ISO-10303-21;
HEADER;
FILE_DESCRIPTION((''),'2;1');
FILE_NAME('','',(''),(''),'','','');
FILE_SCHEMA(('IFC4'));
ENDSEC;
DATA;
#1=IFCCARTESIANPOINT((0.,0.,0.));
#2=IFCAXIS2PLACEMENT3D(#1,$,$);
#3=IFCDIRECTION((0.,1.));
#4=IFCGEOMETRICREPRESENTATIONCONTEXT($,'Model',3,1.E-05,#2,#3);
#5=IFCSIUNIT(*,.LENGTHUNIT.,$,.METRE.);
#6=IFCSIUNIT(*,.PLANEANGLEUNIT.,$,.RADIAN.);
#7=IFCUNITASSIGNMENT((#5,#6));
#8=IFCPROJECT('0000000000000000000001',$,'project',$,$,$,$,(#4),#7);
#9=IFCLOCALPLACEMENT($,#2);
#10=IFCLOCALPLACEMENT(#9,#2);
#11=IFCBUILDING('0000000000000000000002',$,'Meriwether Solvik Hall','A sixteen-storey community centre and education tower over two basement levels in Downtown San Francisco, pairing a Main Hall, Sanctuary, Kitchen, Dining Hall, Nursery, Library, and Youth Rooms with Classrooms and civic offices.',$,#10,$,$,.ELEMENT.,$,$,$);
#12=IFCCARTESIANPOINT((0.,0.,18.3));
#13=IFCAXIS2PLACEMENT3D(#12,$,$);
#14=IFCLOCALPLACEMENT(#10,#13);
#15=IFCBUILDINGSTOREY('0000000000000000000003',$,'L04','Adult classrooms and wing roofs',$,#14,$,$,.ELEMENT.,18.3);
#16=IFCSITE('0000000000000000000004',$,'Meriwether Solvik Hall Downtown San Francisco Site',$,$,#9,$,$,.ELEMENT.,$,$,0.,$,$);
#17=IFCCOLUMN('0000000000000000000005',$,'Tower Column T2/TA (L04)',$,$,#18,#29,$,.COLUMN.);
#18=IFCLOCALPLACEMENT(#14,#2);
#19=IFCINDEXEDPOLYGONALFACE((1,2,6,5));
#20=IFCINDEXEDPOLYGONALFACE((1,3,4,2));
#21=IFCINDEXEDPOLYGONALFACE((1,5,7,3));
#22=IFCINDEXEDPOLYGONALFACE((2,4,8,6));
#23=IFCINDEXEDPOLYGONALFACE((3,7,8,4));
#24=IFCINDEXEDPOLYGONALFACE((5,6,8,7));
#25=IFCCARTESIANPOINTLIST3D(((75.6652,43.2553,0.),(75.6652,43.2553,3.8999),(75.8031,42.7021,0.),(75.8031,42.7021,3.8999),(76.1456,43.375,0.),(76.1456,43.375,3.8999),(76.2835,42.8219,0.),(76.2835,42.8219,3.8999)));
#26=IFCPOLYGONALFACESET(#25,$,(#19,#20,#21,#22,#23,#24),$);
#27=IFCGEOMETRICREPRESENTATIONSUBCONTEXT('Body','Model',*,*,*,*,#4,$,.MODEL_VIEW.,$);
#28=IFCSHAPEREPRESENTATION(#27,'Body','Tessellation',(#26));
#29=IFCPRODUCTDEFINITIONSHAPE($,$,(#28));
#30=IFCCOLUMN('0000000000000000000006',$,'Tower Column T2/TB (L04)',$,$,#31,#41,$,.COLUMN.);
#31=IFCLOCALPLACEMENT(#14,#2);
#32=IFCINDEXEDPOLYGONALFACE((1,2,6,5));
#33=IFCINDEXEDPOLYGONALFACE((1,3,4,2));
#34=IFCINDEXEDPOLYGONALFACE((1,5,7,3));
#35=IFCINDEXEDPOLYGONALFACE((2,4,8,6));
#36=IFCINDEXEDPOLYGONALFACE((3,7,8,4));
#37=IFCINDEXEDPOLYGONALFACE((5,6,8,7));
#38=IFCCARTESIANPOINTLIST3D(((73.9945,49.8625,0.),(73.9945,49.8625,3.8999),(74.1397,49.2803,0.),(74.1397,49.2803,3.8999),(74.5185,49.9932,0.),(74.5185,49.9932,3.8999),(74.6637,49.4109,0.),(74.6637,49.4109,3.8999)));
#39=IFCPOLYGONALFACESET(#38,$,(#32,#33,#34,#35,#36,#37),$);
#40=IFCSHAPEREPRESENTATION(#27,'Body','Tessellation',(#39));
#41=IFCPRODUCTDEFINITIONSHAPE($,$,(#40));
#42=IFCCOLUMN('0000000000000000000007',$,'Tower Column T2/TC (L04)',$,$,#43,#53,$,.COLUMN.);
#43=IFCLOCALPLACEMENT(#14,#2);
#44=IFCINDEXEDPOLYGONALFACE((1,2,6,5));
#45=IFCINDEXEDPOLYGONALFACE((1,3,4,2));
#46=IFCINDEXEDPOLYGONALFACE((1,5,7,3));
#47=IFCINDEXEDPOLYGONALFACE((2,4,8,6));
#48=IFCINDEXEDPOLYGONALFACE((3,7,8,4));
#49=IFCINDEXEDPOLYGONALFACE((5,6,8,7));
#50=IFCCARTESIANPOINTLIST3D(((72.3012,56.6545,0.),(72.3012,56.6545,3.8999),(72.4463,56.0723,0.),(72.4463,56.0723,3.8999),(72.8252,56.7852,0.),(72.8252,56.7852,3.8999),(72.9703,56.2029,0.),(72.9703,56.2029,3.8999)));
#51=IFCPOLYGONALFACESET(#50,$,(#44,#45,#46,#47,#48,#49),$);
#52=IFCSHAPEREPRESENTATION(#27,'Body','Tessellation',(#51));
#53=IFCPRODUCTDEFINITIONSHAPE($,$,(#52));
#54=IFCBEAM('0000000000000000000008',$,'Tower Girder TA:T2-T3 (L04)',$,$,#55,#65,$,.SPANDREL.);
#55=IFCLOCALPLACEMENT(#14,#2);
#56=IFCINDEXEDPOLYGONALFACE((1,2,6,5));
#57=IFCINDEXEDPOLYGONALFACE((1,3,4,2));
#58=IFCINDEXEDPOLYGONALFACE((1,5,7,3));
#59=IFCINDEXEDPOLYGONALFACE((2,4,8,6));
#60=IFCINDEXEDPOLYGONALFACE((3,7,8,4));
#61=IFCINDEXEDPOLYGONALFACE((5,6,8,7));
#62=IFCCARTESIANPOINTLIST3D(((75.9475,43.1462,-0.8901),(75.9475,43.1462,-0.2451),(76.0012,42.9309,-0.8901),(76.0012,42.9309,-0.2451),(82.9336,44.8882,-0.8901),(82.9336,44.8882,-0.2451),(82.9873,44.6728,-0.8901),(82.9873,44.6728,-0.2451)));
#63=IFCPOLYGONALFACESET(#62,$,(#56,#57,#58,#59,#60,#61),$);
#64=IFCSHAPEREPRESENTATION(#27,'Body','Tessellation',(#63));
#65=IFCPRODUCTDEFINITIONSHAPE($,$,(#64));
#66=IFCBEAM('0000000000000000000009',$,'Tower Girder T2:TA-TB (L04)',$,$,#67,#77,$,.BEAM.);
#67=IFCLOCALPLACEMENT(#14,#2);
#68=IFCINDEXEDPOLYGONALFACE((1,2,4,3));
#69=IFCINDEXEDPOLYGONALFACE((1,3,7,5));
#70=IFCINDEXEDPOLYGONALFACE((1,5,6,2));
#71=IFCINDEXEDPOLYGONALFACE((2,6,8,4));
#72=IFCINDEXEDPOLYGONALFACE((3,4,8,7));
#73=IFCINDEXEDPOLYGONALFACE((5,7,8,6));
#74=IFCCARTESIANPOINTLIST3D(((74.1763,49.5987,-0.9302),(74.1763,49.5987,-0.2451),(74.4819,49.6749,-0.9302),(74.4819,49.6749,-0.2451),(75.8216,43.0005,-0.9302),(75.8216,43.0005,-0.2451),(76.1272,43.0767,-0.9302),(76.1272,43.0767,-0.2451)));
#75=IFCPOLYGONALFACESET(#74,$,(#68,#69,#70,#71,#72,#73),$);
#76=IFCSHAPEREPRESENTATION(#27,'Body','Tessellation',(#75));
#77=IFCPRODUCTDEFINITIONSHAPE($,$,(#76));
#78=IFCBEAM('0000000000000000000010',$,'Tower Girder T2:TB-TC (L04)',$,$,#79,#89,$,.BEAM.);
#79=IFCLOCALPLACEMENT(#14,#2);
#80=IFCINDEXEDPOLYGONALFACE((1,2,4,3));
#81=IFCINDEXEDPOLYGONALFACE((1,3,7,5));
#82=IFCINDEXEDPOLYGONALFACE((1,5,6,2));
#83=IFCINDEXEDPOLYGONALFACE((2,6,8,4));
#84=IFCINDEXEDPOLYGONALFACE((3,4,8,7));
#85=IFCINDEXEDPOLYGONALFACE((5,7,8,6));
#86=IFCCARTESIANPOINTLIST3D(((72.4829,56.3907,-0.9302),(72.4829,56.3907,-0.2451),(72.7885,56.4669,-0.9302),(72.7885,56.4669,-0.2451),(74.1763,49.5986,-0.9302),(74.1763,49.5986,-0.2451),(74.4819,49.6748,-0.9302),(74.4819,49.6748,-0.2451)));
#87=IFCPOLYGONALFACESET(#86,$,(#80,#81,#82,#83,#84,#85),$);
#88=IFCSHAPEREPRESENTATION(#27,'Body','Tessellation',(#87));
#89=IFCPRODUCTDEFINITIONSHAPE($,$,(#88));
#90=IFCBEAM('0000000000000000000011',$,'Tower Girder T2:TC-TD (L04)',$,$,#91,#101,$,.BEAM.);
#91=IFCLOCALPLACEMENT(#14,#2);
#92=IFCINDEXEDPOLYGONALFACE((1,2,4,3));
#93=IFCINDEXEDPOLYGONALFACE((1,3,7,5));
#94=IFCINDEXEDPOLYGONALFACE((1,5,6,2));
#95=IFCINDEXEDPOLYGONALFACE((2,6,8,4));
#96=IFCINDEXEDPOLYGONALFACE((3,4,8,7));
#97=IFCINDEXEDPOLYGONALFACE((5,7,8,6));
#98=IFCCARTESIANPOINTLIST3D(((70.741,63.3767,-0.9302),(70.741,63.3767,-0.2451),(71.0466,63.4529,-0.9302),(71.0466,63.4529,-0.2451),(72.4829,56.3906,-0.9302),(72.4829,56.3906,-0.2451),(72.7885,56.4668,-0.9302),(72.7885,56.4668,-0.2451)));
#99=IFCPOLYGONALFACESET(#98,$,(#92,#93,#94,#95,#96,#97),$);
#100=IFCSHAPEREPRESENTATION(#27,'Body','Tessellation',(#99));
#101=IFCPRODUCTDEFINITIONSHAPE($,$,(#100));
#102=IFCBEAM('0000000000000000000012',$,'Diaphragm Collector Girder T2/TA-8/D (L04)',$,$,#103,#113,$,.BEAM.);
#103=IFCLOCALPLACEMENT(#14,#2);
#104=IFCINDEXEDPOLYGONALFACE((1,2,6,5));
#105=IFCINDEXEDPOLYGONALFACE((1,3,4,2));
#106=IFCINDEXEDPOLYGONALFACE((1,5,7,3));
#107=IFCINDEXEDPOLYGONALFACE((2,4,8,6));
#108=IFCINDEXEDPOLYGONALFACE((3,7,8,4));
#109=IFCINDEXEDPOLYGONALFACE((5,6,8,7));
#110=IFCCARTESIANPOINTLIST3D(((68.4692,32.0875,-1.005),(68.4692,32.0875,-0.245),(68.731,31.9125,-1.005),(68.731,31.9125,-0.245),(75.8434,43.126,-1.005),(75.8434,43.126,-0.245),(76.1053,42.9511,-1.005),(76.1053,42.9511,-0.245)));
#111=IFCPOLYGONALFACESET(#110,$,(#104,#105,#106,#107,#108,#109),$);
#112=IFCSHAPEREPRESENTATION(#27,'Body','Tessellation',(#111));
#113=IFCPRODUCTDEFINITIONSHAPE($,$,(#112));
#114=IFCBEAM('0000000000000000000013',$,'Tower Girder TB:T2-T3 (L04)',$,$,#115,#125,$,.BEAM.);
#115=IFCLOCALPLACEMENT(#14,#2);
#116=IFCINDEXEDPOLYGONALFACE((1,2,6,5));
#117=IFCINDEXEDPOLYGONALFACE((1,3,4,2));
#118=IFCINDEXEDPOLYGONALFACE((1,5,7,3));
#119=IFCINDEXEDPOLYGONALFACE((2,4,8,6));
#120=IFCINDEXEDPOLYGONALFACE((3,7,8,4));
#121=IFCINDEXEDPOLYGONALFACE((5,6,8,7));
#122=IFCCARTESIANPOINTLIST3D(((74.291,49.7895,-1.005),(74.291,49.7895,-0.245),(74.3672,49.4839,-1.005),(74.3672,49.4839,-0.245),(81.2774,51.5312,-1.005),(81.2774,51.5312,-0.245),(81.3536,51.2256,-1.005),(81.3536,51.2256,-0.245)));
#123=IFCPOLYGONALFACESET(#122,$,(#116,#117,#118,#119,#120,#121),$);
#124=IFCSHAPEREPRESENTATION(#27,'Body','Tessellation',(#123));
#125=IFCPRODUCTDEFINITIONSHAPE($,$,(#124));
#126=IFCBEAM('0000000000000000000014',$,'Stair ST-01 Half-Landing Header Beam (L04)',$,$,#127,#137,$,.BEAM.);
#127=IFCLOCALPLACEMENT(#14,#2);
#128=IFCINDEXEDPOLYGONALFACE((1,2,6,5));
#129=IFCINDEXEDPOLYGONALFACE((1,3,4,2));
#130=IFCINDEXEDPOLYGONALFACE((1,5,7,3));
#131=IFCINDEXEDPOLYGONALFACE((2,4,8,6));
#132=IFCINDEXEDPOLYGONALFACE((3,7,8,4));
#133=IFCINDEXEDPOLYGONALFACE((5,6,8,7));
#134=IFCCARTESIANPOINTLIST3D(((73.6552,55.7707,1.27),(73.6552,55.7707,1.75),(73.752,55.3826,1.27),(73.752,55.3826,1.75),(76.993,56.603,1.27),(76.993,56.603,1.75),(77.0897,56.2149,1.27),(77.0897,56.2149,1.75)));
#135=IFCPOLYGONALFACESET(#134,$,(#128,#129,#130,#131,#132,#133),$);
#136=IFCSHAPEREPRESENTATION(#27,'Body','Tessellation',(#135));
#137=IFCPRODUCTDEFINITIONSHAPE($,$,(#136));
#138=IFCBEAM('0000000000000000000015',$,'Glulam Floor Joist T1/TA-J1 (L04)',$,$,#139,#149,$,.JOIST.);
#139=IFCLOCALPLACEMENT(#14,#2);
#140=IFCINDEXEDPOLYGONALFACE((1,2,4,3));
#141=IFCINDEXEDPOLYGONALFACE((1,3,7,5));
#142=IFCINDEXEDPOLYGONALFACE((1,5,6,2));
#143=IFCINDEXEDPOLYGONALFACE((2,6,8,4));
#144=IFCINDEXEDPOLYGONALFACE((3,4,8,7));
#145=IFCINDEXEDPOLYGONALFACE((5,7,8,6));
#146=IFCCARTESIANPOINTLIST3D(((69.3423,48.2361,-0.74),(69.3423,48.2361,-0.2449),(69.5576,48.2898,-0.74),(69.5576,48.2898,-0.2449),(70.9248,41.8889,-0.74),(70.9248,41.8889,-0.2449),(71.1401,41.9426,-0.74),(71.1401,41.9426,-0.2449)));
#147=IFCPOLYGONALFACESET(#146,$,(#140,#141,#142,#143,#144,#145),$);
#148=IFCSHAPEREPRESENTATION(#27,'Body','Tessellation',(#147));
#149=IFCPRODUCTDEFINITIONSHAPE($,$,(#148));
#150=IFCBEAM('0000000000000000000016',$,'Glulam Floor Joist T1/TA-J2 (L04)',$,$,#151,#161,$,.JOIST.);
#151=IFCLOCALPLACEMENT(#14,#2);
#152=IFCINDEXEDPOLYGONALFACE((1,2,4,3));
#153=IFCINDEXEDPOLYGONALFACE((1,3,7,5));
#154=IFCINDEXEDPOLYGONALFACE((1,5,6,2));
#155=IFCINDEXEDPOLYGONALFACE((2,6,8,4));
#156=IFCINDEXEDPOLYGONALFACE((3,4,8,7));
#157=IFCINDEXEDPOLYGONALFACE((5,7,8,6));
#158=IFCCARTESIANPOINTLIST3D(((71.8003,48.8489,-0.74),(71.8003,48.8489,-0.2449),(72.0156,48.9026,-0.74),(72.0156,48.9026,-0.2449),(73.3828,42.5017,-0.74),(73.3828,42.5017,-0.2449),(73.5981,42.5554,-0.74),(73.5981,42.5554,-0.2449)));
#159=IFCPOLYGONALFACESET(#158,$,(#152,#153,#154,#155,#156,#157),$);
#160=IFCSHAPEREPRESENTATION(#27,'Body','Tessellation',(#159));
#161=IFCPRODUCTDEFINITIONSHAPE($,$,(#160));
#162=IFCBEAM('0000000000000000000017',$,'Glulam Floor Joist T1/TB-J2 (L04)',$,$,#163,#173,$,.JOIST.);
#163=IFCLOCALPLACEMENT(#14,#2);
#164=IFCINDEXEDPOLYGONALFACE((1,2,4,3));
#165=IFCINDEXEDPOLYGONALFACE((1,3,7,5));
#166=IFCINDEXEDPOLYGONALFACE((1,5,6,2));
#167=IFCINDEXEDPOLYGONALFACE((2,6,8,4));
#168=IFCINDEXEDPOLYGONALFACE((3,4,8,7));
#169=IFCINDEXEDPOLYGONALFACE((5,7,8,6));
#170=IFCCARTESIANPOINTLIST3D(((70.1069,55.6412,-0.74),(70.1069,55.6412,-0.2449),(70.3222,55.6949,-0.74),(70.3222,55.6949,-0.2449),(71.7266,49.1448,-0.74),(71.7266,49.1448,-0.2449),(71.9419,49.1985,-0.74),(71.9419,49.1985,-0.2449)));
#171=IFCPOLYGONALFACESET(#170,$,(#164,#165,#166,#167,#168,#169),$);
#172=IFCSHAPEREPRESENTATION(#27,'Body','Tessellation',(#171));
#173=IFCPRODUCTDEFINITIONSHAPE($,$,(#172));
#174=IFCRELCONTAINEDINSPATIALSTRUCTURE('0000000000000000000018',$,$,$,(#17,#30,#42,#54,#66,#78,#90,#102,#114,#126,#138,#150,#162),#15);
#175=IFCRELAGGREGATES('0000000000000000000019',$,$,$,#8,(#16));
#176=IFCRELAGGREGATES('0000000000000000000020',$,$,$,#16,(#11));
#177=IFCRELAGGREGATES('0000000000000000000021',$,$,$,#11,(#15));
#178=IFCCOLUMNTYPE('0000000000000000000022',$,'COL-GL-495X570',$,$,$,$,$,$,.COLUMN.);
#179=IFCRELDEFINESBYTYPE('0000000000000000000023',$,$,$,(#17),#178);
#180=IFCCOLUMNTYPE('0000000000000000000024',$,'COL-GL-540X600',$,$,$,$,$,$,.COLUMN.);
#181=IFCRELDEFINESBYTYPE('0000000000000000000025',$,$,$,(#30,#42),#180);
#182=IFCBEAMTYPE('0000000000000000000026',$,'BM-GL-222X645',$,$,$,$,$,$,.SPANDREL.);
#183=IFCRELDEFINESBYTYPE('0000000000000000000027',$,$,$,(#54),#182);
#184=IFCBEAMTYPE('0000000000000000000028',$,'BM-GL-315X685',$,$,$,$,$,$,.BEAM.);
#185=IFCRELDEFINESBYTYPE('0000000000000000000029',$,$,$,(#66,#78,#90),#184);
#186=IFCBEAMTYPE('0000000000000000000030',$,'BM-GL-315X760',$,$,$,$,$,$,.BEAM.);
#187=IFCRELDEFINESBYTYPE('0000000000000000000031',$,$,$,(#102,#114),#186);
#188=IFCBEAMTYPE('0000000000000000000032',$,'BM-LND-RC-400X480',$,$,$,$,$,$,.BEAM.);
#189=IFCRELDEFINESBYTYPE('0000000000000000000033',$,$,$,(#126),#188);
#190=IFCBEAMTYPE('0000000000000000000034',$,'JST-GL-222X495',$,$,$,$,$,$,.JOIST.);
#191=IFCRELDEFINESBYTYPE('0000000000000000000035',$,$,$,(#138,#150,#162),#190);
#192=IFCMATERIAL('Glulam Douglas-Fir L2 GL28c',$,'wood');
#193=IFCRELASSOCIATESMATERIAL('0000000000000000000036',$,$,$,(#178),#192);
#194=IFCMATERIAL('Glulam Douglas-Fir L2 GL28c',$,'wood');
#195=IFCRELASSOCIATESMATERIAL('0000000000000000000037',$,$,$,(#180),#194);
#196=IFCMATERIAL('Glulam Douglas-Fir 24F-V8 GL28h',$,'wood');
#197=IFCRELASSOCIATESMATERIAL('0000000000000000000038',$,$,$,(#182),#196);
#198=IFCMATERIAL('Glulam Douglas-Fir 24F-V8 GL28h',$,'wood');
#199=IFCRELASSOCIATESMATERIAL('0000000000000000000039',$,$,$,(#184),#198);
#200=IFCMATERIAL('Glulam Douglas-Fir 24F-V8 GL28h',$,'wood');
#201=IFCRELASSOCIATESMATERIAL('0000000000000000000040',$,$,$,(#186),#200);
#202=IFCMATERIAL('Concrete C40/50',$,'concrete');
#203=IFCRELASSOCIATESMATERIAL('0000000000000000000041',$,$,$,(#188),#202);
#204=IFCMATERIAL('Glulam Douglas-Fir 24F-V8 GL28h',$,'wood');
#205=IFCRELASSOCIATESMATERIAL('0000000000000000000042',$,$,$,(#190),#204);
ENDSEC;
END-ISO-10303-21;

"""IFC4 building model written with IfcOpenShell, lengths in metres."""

from ifc_helpers import new_model, si_unit, direction, frame, origin, origin_2d, place, context, subcontext, project, spatial, rectangle, extrude, material, material_profile, profile_set, type_object, element, save


model = new_model("IFC4")

# Units and contexts
model_context = context("Model", 3, precision=1e-05, world=origin(), true_north=direction((0.0, 1.0)))
body_context = subcontext(model_context, "Body", "Model", "MODEL_VIEW")
ifc_project = project(units=[si_unit("LENGTHUNIT", "METRE"), si_unit("PLANEANGLEUNIT", "RADIAN")], contexts=[model_context])

# Site, building, storey
site_placement = place(None, origin())
site = spatial("IfcSite", under=ifc_project, at=site_placement, Name="Meriwether Solvik Hall Downtown San Francisco Site", CompositionType="ELEMENT", RefElevation=0.0)
building_placement = place(site_placement, origin())
building = spatial("IfcBuilding", under=site, at=building_placement, Name="Meriwether Solvik Hall", Description="A sixteen-storey community centre and education tower over two basement levels in Downtown San Francisco, pairing a Main Hall, Sanctuary, Kitchen, Dining Hall, Nursery, Library, and Youth Rooms with Classrooms and civic offices.", CompositionType="ELEMENT")
storey_placement = place(building_placement, frame((0.0, 0.0, 18.3)))
storey = spatial("IfcBuildingStorey", under=building, at=storey_placement, Name="L04", Description="Adult classrooms and wing roofs", CompositionType="ELEMENT", Elevation=18.3)

# Columns
ifc_material_1 = material(Name="Glulam Douglas-Fir L2 GL28c", Category="wood")
ifc_material_profile_1 = material_profile(ifc_material_1, rectangle(XDim=0.4951, YDim=0.5701, at=origin_2d()), Name="GLC-495X570")
ifc_profile_set_1 = profile_set([ifc_material_profile_1], Name="Glulam Douglas-Fir L2 GL28c")
column_type_1 = type_object("IfcColumnType", Name="COL-GL-495X570", PredefinedType="COLUMN", material=ifc_profile_set_1)
column_placement = place(storey_placement, frame((75.9744, 43.0386, 0.0), z_axis=(0.0, 0.0, 1.0), x_axis=(0.970296, 0.241922, 0.0)))
element("IfcColumn", 1, at=column_placement, inside=storey, type_object=column_type_1, Name="Tower Column T2/TA (L04)", PredefinedType="COLUMN", context=body_context, shape_type="SweptSolid", body=[
    extrude(rectangle(XDim=0.4951, YDim=0.5701, at=origin_2d()), origin(), (0.0, 0.0, 1.0), 3.8999),
])
ifc_material_2 = material(Name="Glulam Douglas-Fir L2 GL28c", Category="wood")
ifc_material_profile_2 = material_profile(ifc_material_2, rectangle(XDim=0.54, YDim=0.6001, at=origin_2d()), Name="GLC-540X600")
ifc_profile_set_2 = profile_set([ifc_material_profile_2], Name="Glulam Douglas-Fir L2 GL28c")
column_type_2 = type_object("IfcColumnType", Name="COL-GL-540X600", PredefinedType="COLUMN", material=ifc_profile_set_2)
for number, where, z_axis, x_axis, name in (
    (2, (74.3291, 49.6367, 0.0), (0.0, 0.0, 1.0), (0.970296, 0.241922, 0.0), "Tower Column T2/TB (L04)"),
    (3, (72.6357, 56.4287, 0.0), (0.0, 0.0, 1.0), (0.970296, 0.241922, 0.0), "Tower Column T2/TC (L04)"),
):
    element("IfcColumn", number, at=place(storey_placement, frame(where, z_axis=z_axis, x_axis=x_axis)), inside=storey, type_object=column_type_2, Name=name, PredefinedType="COLUMN", context=body_context, shape_type="SweptSolid", body=[
        extrude(rectangle(XDim=0.54, YDim=0.6001, at=origin_2d()), origin(), (0.0, 0.0, 1.0), 3.8999),
    ])

# Beams
ifc_material_3 = material(Name="Glulam Douglas-Fir 24F-V8 GL28h", Category="wood")
ifc_material_profile_3 = material_profile(ifc_material_3, rectangle(XDim=0.2219, YDim=0.645, at=origin_2d()), Name="GLB-222X645")
ifc_profile_set_3 = profile_set([ifc_material_profile_3], Name="Glulam Douglas-Fir 24F-V8 GL28h")
beam_type_1 = type_object("IfcBeamType", Name="BM-GL-222X645", PredefinedType="SPANDREL", material=ifc_profile_set_3)
beam_1_placement = place(storey_placement, frame((75.9744, 43.0386, -0.5676), z_axis=(0.970292, 0.241937, 0.0), x_axis=(-0.241937, 0.970292, 0.0)))
element("IfcBeam", 4, at=beam_1_placement, inside=storey, type_object=beam_type_1, Name="Tower Girder TA:T2-T3 (L04)", PredefinedType="SPANDREL", context=body_context, shape_type="SweptSolid", body=[
    extrude(rectangle(XDim=0.2219, YDim=0.645, at=origin_2d()), origin(), (0.0, 0.0, 1.0), 7.2),
])
ifc_material_4 = material(Name="Glulam Douglas-Fir 24F-V8 GL28h", Category="wood")
ifc_material_profile_4 = material_profile(ifc_material_4, rectangle(XDim=0.3149, YDim=0.6851, at=origin_2d()), Name="GLB-315X685")
ifc_profile_set_4 = profile_set([ifc_material_profile_4], Name="Glulam Douglas-Fir 24F-V8 GL28h")
beam_type_2 = type_object("IfcBeamType", Name="BM-GL-315X685", PredefinedType="BEAM", material=ifc_profile_set_4)
beam_2_placement = place(storey_placement, frame((75.9744, 43.0386, -0.5876), z_axis=(-0.241944, 0.97029, 0.0), x_axis=(-0.97029, -0.241944, 0.0)))
element("IfcBeam", 5, at=beam_2_placement, inside=storey, type_object=beam_type_2, Name="Tower Girder T2:TA-TB (L04)", PredefinedType="BEAM", context=body_context, shape_type="SweptSolid", body=[
    extrude(rectangle(XDim=0.3149, YDim=0.6851, at=origin_2d()), origin(), (0.0, 0.0, 1.0), 6.8003),
])
beam_3_placement = place(storey_placement, frame((74.3291, 49.6367, -0.5876), z_axis=(-0.241912, 0.970298, 0.0), x_axis=(-0.970298, -0.241912, 0.0)))
element("IfcBeam", 6, at=beam_3_placement, inside=storey, type_object=beam_type_2, Name="Tower Girder T2:TB-TC (L04)", PredefinedType="BEAM", context=body_context, shape_type="SweptSolid", body=[
    extrude(rectangle(XDim=0.3149, YDim=0.6851, at=origin_2d()), origin(), (0.0, 0.0, 1.0), 7.0),
])
beam_4_placement = place(storey_placement, frame((72.6357, 56.4287, -0.5876), z_axis=(-0.241937, 0.970292, 0.0), x_axis=(-0.970292, -0.241937, 0.0)))
element("IfcBeam", 7, at=beam_4_placement, inside=storey, type_object=beam_type_2, Name="Tower Girder T2:TC-TD (L04)", PredefinedType="BEAM", context=body_context, shape_type="SweptSolid", body=[
    extrude(rectangle(XDim=0.3149, YDim=0.6851, at=origin_2d()), origin(), (0.0, 0.0, 1.0), 7.2),
])
ifc_material_5 = material(Name="Glulam Douglas-Fir 24F-V8 GL28h", Category="wood")
ifc_material_profile_5 = material_profile(ifc_material_5, rectangle(XDim=0.3149, YDim=0.76, at=origin_2d()), Name="GLB-315X760")
ifc_profile_set_5 = profile_set([ifc_material_profile_5], Name="Glulam Douglas-Fir 24F-V8 GL28h")
beam_type_3 = type_object("IfcBeamType", Name="BM-GL-315X760", PredefinedType="BEAM", material=ifc_profile_set_5)
beam_5_placement = place(storey_placement, frame((75.9744, 43.0386, -0.625), z_axis=(-0.555494, -0.831521, 0.0), x_axis=(0.831521, -0.555494, 0.0)))
element("IfcBeam", 8, at=beam_5_placement, inside=storey, type_object=beam_type_3, Name="Diaphragm Collector Girder T2/TA-8/D (L04)", PredefinedType="BEAM", context=body_context, shape_type="SweptSolid", body=[
    extrude(rectangle(XDim=0.3149, YDim=0.76, at=origin_2d()), origin(), (0.0, 0.0, 1.0), 13.2751),
])
beam_6_placement = place(storey_placement, frame((74.3291, 49.6367, -0.625), z_axis=(0.970302, 0.241897, 0.0), x_axis=(-0.241897, 0.970302, 0.0)))
element("IfcBeam", 9, at=beam_6_placement, inside=storey, type_object=beam_type_3, Name="Tower Girder TB:T2-T3 (L04)", PredefinedType="BEAM", context=body_context, shape_type="SweptSolid", body=[
    extrude(rectangle(XDim=0.3149, YDim=0.76, at=origin_2d()), origin(), (0.0, 0.0, 1.0), 7.2002),
])
ifc_material_6 = material(Name="Concrete C40/50", Category="concrete")
ifc_material_profile_6 = material_profile(ifc_material_6, rectangle(XDim=0.3999, YDim=0.48, at=origin_2d()), Name="RCB-400X480")
ifc_profile_set_6 = profile_set([ifc_material_profile_6], Name="Concrete C40/50")
beam_type_4 = type_object("IfcBeamType", Name="BM-LND-RC-400X480", PredefinedType="BEAM", material=ifc_profile_set_6)
beam_7_placement = place(storey_placement, frame((73.7036, 55.5767, 1.51), z_axis=(0.970288, 0.241951, 0.0), x_axis=(-0.241951, 0.970288, 0.0)))
element("IfcBeam", 10, at=beam_7_placement, inside=storey, type_object=beam_type_4, Name="Stair ST-01 Half-Landing Header Beam (L04)", PredefinedType="BEAM", context=body_context, shape_type="SweptSolid", body=[
    extrude(rectangle(XDim=0.3999, YDim=0.48, at=origin_2d()), origin(), (0.0, 0.0, 1.0), 3.4399),
])
ifc_material_7 = material(Name="Glulam Douglas-Fir 24F-V8 GL28h", Category="wood")
ifc_material_profile_7 = material_profile(ifc_material_7, rectangle(XDim=0.2219, YDim=0.4951, at=origin_2d()), Name="GLJ-222X495")
ifc_profile_set_7 = profile_set([ifc_material_profile_7], Name="Glulam Douglas-Fir 24F-V8 GL28h")
beam_type_5 = type_object("IfcBeamType", Name="JST-GL-222X495", PredefinedType="JOIST", material=ifc_profile_set_7)
for number, where, z_axis, x_axis, name in (
    (11, (71.0325, 41.9158, -0.4924), (-0.241921, 0.970296, 0.0), (-0.970296, -0.241921, 0.0), "Glulam Floor Joist T1/TA-J1 (L04)"),
    (12, (73.4905, 42.5286, -0.4924), (-0.241921, 0.970296, 0.0), (-0.970296, -0.241921, 0.0), "Glulam Floor Joist T1/TA-J2 (L04)"),
):
    element("IfcBeam", number, at=place(storey_placement, frame(where, z_axis=z_axis, x_axis=x_axis)), inside=storey, type_object=beam_type_5, Name=name, PredefinedType="JOIST", context=body_context, shape_type="SweptSolid", body=[
        extrude(rectangle(XDim=0.2219, YDim=0.4951, at=origin_2d()), origin(), (0.0, 0.0, 1.0), 6.5415),
    ])
beam_8_placement = place(storey_placement, frame((71.8342, 49.1716, -0.4924), z_axis=(-0.241909, 0.970299, 0.0), x_axis=(-0.970299, -0.241909, 0.0)))
element("IfcBeam", 13, at=beam_8_placement, inside=storey, type_object=beam_type_5, Name="Glulam Floor Joist T1/TB-J2 (L04)", PredefinedType="JOIST", context=body_context, shape_type="SweptSolid", body=[
    extrude(rectangle(XDim=0.2219, YDim=0.4951, at=origin_2d()), origin(), (0.0, 0.0, 1.0), 6.6953),
])

save(model, "model.ifc")
